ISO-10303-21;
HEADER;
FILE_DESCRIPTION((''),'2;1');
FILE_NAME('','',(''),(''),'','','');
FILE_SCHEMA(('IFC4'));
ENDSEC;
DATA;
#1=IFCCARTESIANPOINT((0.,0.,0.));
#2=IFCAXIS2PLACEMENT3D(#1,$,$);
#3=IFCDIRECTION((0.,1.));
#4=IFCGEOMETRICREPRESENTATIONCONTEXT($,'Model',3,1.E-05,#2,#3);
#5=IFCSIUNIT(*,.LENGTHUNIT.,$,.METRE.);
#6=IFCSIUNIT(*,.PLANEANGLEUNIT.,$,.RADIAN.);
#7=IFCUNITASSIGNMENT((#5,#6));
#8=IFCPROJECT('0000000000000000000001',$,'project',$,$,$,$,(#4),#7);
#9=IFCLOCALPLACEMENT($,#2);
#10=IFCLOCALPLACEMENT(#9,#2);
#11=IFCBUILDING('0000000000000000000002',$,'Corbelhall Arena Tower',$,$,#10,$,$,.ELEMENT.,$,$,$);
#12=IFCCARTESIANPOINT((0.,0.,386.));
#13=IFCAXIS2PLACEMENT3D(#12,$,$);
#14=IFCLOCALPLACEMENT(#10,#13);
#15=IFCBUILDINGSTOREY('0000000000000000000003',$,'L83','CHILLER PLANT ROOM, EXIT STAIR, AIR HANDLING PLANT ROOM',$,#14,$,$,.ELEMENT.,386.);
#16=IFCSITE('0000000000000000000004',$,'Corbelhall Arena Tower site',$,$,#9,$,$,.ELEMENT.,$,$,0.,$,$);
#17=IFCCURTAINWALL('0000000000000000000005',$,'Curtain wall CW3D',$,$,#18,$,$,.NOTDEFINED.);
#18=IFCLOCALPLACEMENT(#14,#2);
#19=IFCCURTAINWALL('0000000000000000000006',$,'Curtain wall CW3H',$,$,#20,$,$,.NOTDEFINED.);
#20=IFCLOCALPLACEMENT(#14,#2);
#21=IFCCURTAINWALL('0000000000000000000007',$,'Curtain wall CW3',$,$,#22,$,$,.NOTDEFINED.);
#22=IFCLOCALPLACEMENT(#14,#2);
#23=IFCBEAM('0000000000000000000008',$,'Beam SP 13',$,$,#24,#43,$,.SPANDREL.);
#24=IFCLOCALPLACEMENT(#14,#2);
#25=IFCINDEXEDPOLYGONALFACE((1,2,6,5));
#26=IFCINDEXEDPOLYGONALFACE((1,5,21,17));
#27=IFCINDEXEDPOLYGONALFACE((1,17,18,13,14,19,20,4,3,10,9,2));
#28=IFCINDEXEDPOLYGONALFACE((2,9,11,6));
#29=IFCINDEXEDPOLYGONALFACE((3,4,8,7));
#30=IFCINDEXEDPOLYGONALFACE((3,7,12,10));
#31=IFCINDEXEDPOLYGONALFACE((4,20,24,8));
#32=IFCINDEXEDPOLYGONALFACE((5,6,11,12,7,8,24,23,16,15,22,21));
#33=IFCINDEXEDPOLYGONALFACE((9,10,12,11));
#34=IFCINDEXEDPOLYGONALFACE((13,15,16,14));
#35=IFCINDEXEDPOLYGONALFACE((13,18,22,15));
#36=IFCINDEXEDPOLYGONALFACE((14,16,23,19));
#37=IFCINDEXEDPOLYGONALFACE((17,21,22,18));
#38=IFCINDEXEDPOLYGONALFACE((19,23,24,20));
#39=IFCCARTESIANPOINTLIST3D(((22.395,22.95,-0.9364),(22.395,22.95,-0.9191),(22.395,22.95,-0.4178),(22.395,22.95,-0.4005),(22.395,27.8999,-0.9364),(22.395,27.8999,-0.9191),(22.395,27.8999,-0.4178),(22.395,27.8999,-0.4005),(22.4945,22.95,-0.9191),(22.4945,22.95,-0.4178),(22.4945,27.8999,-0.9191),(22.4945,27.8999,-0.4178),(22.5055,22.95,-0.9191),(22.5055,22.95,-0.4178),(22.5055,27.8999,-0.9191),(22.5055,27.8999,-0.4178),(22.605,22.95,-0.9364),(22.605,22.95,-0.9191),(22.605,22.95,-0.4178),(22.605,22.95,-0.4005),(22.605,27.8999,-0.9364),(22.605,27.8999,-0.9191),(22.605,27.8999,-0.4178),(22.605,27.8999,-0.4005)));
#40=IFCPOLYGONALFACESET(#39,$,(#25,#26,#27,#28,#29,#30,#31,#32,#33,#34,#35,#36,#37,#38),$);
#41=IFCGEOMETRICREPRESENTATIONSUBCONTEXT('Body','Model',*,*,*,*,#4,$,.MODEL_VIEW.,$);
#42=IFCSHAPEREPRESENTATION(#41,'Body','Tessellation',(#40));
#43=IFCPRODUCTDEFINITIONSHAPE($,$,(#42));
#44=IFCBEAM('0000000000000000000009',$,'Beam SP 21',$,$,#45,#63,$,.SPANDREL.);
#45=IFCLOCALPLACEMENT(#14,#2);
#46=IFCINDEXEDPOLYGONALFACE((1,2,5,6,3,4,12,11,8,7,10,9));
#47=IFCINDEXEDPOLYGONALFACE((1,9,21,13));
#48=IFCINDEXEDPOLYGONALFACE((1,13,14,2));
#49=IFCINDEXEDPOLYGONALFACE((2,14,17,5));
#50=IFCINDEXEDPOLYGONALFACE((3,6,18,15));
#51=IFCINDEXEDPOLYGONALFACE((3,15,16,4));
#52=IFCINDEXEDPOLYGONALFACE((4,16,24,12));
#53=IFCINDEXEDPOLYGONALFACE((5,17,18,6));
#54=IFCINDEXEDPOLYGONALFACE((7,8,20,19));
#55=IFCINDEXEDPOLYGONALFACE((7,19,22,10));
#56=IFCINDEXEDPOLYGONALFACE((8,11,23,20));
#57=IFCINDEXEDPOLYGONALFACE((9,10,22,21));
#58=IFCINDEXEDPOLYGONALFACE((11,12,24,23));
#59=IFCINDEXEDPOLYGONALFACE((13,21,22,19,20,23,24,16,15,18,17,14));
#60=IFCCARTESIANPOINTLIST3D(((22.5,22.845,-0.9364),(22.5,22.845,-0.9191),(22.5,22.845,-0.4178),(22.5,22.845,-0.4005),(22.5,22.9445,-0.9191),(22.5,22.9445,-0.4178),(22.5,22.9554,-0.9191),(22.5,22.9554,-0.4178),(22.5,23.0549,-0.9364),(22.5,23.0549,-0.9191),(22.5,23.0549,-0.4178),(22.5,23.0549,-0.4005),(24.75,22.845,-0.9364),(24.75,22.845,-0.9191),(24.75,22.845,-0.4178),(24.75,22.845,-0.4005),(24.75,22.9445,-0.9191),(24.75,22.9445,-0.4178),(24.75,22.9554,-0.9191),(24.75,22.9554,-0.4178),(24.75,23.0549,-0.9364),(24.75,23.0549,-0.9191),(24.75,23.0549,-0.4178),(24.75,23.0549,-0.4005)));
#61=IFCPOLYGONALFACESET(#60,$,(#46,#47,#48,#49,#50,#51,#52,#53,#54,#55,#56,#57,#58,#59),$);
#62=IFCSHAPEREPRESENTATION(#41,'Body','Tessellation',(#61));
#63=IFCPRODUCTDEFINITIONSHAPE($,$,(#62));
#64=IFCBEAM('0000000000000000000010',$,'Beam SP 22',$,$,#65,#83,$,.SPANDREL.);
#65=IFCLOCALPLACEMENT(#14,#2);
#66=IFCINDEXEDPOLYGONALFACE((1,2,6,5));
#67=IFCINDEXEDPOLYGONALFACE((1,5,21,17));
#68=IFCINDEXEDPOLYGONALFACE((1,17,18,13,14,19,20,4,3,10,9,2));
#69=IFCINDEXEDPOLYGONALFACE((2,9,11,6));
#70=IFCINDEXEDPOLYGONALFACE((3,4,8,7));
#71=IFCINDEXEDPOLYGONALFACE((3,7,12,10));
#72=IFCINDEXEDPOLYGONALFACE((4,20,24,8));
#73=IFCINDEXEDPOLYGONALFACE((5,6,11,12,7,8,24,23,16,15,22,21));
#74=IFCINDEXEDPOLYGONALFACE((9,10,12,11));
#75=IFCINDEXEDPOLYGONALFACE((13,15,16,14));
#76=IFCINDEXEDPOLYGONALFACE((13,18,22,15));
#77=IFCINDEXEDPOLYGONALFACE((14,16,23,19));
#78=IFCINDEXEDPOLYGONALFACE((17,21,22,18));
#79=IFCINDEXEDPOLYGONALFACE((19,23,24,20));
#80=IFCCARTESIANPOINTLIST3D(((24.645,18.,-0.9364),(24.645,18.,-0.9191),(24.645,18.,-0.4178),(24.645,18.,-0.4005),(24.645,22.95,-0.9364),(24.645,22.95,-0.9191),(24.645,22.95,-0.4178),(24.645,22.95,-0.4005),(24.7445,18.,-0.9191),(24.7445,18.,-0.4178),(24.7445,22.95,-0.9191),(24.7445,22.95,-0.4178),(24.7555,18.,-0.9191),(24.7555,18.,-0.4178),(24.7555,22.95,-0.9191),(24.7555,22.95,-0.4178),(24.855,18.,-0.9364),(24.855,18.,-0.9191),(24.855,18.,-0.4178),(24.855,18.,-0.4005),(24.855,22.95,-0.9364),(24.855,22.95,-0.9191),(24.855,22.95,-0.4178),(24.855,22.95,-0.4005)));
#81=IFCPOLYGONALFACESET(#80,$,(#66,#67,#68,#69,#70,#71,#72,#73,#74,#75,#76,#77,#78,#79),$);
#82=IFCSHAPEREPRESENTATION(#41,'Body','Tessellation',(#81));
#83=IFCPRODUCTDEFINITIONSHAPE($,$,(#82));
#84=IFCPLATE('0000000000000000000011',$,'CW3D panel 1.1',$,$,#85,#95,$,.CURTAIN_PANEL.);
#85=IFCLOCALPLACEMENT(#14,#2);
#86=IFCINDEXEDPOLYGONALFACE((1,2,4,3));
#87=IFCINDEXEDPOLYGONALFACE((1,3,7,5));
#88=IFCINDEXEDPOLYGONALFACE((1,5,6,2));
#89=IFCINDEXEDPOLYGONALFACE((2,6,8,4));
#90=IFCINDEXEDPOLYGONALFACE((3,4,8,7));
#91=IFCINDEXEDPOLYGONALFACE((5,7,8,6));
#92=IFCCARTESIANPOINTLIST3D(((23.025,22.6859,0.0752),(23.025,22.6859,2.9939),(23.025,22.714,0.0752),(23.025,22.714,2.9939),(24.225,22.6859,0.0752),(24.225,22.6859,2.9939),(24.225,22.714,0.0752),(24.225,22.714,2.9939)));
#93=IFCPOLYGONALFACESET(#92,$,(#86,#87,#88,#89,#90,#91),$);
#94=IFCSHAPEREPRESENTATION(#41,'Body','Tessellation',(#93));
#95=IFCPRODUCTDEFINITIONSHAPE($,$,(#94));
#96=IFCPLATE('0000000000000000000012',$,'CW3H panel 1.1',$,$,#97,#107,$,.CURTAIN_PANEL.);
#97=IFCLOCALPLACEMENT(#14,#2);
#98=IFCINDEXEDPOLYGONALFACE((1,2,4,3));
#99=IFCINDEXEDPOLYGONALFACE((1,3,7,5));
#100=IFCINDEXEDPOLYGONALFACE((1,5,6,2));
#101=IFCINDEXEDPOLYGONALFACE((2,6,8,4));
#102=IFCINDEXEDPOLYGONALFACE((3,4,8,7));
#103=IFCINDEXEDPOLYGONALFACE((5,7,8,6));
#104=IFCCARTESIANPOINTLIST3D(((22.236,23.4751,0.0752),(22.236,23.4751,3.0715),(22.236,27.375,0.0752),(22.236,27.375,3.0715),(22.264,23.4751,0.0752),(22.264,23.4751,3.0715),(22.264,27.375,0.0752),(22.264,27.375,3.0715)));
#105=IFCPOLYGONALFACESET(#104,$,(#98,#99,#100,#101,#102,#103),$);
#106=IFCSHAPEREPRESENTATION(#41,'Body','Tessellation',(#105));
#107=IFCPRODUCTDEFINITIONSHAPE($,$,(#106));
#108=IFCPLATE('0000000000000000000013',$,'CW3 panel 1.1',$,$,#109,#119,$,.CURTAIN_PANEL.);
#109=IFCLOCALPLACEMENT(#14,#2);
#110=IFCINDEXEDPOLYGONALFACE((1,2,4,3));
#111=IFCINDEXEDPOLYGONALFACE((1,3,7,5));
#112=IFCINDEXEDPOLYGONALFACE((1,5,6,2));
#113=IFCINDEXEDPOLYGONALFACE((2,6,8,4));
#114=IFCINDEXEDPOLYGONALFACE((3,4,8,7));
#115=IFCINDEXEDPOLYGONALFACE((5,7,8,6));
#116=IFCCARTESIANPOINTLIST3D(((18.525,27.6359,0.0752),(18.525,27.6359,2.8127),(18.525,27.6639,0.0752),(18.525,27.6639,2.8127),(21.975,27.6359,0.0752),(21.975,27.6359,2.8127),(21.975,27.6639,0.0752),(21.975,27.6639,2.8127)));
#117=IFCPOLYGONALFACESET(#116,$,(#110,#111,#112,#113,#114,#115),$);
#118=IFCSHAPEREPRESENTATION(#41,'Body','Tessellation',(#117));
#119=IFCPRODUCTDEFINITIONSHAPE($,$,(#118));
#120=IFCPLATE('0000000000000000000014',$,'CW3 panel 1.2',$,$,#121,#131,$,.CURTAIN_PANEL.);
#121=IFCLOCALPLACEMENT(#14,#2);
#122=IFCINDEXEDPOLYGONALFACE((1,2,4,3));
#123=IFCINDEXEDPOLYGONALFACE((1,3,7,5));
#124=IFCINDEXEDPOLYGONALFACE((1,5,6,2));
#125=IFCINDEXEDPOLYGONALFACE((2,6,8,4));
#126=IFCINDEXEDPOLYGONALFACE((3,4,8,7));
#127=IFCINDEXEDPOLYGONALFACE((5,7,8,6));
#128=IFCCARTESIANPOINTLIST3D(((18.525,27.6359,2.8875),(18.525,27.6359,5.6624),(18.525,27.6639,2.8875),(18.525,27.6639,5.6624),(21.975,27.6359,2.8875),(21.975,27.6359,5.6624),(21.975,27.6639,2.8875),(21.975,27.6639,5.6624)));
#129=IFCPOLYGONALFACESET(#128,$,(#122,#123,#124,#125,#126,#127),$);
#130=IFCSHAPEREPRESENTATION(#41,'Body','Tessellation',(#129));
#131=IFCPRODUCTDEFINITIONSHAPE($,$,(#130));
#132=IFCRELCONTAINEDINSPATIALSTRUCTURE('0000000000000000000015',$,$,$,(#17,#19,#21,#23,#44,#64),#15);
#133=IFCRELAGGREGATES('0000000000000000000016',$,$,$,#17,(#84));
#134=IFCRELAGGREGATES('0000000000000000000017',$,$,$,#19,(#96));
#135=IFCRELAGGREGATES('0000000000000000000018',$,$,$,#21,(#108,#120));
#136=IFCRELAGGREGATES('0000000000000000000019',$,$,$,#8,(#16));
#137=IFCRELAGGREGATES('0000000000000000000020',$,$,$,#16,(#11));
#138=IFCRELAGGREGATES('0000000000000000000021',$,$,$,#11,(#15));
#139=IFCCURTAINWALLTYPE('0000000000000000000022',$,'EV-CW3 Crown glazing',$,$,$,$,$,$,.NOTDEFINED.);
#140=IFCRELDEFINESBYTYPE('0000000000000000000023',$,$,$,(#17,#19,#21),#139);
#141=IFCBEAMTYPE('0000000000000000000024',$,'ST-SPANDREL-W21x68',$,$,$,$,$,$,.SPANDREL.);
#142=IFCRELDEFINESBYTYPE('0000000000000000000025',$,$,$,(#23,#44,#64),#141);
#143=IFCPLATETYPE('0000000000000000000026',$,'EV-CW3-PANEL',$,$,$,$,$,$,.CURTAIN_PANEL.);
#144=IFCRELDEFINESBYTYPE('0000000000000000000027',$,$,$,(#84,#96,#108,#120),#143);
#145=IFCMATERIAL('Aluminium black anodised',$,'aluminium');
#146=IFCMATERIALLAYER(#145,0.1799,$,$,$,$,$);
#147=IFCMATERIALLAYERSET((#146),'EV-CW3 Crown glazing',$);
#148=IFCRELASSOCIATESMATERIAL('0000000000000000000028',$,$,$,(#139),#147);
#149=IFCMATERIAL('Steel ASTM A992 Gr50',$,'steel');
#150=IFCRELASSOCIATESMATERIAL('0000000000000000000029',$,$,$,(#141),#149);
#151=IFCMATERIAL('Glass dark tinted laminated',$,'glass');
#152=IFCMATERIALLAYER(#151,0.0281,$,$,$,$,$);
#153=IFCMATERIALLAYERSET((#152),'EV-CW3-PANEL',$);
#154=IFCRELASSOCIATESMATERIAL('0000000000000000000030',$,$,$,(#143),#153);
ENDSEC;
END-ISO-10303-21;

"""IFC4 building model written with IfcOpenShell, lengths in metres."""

from ifc_helpers import new_model, si_unit, direction, frame, origin, origin_2d, place, context, subcontext, project, spatial, rectangle, i_section, extrude, material, layer, layer_set, material_profile, profile_set, type_object, element, aggregate, save


model = new_model("IFC4")

# Units and contexts
model_context = context("Model", 3, precision=1e-05, world=origin(), true_north=direction((0.0, 1.0)))
body_context = subcontext(model_context, "Body", "Model", "MODEL_VIEW")
ifc_project = project(units=[si_unit("LENGTHUNIT", "METRE"), si_unit("PLANEANGLEUNIT", "RADIAN")], contexts=[model_context])

# Site, building, storey
site_placement = place(None, origin())
site = spatial("IfcSite", under=ifc_project, at=site_placement, Name="Corbelhall Arena Tower site", CompositionType="ELEMENT", RefElevation=0.0)
building_placement = place(site_placement, origin())
building = spatial("IfcBuilding", under=site, at=building_placement, Name="Corbelhall Arena Tower", CompositionType="ELEMENT")
storey_placement = place(building_placement, frame((0.0, 0.0, 386.0)))
storey = spatial("IfcBuildingStorey", under=building, at=storey_placement, Name="L83", Description="CHILLER PLANT ROOM, EXIT STAIR, AIR HANDLING PLANT ROOM", CompositionType="ELEMENT", Elevation=386.0)

# Shared definitions
ifc_material_1 = material(Name="Aluminium black anodised", Category="aluminium")
ifc_layer_1 = layer(ifc_material_1, 0.1799)
ifc_layer_set_1 = layer_set([ifc_layer_1], Name="EV-CW3 Crown glazing")
curtain_wall_type = type_object("IfcCurtainWallType", Name="EV-CW3 Crown glazing", PredefinedType="NOTDEFINED", material=ifc_layer_set_1)

# Curtain walls
curtain_wall_1_placement = place(storey_placement, origin())
curtain_wall_1 = element("IfcCurtainWall", 1, at=curtain_wall_1_placement, inside=storey, type_object=curtain_wall_type, Name="Curtain wall CW3D", PredefinedType="NOTDEFINED")
curtain_wall_2_placement = place(storey_placement, origin())
curtain_wall_2 = element("IfcCurtainWall", 2, at=curtain_wall_2_placement, inside=storey, type_object=curtain_wall_type, Name="Curtain wall CW3H", PredefinedType="NOTDEFINED")
curtain_wall_3_placement = place(storey_placement, origin())
curtain_wall_3 = element("IfcCurtainWall", 3, at=curtain_wall_3_placement, inside=storey, type_object=curtain_wall_type, Name="Curtain wall CW3", PredefinedType="NOTDEFINED")

# Beams
ifc_material_2 = material(Name="Steel ASTM A992 Gr50", Category="steel")
ifc_material_profile_1 = material_profile(ifc_material_2, i_section(OverallWidth=0.21, OverallDepth=0.5359, WebThickness=0.011, FlangeThickness=0.0173, at=origin_2d()))
ifc_profile_set_1 = profile_set([ifc_material_profile_1], Name="Steel ASTM A992 Gr50")
beam_type = type_object("IfcBeamType", Name="ST-SPANDREL-W21x68", PredefinedType="SPANDREL", material=ifc_profile_set_1)
beam_1_placement = place(storey_placement, frame((22.5, 27.8999, -0.6685), z_axis=(0.0, -1.0, 0.0), x_axis=(1.0, 0.0, 0.0)))
element("IfcBeam", 4, at=beam_1_placement, inside=storey, type_object=beam_type, Name="Beam SP 13", PredefinedType="SPANDREL", context=body_context, shape_type="SweptSolid", body=[
    extrude(i_section(OverallWidth=0.21, OverallDepth=0.5359, WebThickness=0.011, FlangeThickness=0.0173, at=origin_2d()), origin(), (0.0, 0.0, 1.0), 4.95),
])
beam_2_placement = place(storey_placement, frame((22.5, 22.95, -0.6685), z_axis=(1.0, 0.0, 0.0), x_axis=(0.0, 1.0, 0.0)))
element("IfcBeam", 5, at=beam_2_placement, inside=storey, type_object=beam_type, Name="Beam SP 21", PredefinedType="SPANDREL", context=body_context, shape_type="SweptSolid", body=[
    extrude(i_section(OverallWidth=0.21, OverallDepth=0.5359, WebThickness=0.011, FlangeThickness=0.0173, at=origin_2d()), origin(), (0.0, 0.0, 1.0), 2.25),
])
beam_3_placement = place(storey_placement, frame((24.75, 22.95, -0.6685), z_axis=(0.0, -1.0, 0.0), x_axis=(1.0, 0.0, 0.0)))
element("IfcBeam", 6, at=beam_3_placement, inside=storey, type_object=beam_type, Name="Beam SP 22", PredefinedType="SPANDREL", context=body_context, shape_type="SweptSolid", body=[
    extrude(i_section(OverallWidth=0.21, OverallDepth=0.5359, WebThickness=0.011, FlangeThickness=0.0173, at=origin_2d()), origin(), (0.0, 0.0, 1.0), 4.95),
])

# Plates
ifc_material_3 = material(Name="Glass dark tinted laminated", Category="glass")
ifc_layer_2 = layer(ifc_material_3, 0.0281)
ifc_layer_set_2 = layer_set([ifc_layer_2], Name="EV-CW3-PANEL")
plate_type = type_object("IfcPlateType", Name="EV-CW3-PANEL", PredefinedType="CURTAIN_PANEL", material=ifc_layer_set_2)
plate_1_placement = place(storey_placement, frame((23.625, 22.7, 0.0752), z_axis=(0.0, 0.0, 1.0), x_axis=(-1.0, 0.0, 0.0)))
plate_1 = element("IfcPlate", 7, at=plate_1_placement, type_object=plate_type, Name="CW3D panel 1.1", PredefinedType="CURTAIN_PANEL", context=body_context, shape_type="SweptSolid", body=[
    extrude(rectangle(XDim=1.2, YDim=0.0281, at=origin_2d()), origin(), (0.0, 0.0, 1.0), 2.9187),
])
aggregate(curtain_wall_1, [plate_1])
plate_2_placement = place(storey_placement, frame((22.25, 25.425, 0.0752), z_axis=(0.0, 0.0, 1.0), x_axis=(0.0, 1.0, 0.0)))
plate_2 = element("IfcPlate", 8, at=plate_2_placement, type_object=plate_type, Name="CW3H panel 1.1", PredefinedType="CURTAIN_PANEL", context=body_context, shape_type="SweptSolid", body=[
    extrude(rectangle(XDim=3.8999, YDim=0.0281, at=origin_2d()), origin(), (0.0, 0.0, 1.0), 2.9963),
])
aggregate(curtain_wall_2, [plate_2])
plate_3_placement = place(storey_placement, frame((20.25, 27.6499, 0.0752), z_axis=(0.0, 0.0, 1.0), x_axis=(-1.0, 0.0, 0.0)))
plate_3 = element("IfcPlate", 9, at=plate_3_placement, type_object=plate_type, Name="CW3 panel 1.1", PredefinedType="CURTAIN_PANEL", context=body_context, shape_type="SweptSolid", body=[
    extrude(rectangle(XDim=3.45, YDim=0.0281, at=origin_2d()), origin(), (0.0, 0.0, 1.0), 2.7375),
])
plate_4_placement = place(storey_placement, frame((20.25, 27.6499, 2.8875), z_axis=(0.0, 0.0, 1.0), x_axis=(-1.0, 0.0, 0.0)))
plate_4 = element("IfcPlate", 10, at=plate_4_placement, type_object=plate_type, Name="CW3 panel 1.2", PredefinedType="CURTAIN_PANEL", context=body_context, shape_type="SweptSolid", body=[
    extrude(rectangle(XDim=3.45, YDim=0.0281, at=origin_2d()), origin(), (0.0, 0.0, 1.0), 2.7749),
])
aggregate(curtain_wall_3, [plate_3, plate_4])

save(model, "model.ifc")
